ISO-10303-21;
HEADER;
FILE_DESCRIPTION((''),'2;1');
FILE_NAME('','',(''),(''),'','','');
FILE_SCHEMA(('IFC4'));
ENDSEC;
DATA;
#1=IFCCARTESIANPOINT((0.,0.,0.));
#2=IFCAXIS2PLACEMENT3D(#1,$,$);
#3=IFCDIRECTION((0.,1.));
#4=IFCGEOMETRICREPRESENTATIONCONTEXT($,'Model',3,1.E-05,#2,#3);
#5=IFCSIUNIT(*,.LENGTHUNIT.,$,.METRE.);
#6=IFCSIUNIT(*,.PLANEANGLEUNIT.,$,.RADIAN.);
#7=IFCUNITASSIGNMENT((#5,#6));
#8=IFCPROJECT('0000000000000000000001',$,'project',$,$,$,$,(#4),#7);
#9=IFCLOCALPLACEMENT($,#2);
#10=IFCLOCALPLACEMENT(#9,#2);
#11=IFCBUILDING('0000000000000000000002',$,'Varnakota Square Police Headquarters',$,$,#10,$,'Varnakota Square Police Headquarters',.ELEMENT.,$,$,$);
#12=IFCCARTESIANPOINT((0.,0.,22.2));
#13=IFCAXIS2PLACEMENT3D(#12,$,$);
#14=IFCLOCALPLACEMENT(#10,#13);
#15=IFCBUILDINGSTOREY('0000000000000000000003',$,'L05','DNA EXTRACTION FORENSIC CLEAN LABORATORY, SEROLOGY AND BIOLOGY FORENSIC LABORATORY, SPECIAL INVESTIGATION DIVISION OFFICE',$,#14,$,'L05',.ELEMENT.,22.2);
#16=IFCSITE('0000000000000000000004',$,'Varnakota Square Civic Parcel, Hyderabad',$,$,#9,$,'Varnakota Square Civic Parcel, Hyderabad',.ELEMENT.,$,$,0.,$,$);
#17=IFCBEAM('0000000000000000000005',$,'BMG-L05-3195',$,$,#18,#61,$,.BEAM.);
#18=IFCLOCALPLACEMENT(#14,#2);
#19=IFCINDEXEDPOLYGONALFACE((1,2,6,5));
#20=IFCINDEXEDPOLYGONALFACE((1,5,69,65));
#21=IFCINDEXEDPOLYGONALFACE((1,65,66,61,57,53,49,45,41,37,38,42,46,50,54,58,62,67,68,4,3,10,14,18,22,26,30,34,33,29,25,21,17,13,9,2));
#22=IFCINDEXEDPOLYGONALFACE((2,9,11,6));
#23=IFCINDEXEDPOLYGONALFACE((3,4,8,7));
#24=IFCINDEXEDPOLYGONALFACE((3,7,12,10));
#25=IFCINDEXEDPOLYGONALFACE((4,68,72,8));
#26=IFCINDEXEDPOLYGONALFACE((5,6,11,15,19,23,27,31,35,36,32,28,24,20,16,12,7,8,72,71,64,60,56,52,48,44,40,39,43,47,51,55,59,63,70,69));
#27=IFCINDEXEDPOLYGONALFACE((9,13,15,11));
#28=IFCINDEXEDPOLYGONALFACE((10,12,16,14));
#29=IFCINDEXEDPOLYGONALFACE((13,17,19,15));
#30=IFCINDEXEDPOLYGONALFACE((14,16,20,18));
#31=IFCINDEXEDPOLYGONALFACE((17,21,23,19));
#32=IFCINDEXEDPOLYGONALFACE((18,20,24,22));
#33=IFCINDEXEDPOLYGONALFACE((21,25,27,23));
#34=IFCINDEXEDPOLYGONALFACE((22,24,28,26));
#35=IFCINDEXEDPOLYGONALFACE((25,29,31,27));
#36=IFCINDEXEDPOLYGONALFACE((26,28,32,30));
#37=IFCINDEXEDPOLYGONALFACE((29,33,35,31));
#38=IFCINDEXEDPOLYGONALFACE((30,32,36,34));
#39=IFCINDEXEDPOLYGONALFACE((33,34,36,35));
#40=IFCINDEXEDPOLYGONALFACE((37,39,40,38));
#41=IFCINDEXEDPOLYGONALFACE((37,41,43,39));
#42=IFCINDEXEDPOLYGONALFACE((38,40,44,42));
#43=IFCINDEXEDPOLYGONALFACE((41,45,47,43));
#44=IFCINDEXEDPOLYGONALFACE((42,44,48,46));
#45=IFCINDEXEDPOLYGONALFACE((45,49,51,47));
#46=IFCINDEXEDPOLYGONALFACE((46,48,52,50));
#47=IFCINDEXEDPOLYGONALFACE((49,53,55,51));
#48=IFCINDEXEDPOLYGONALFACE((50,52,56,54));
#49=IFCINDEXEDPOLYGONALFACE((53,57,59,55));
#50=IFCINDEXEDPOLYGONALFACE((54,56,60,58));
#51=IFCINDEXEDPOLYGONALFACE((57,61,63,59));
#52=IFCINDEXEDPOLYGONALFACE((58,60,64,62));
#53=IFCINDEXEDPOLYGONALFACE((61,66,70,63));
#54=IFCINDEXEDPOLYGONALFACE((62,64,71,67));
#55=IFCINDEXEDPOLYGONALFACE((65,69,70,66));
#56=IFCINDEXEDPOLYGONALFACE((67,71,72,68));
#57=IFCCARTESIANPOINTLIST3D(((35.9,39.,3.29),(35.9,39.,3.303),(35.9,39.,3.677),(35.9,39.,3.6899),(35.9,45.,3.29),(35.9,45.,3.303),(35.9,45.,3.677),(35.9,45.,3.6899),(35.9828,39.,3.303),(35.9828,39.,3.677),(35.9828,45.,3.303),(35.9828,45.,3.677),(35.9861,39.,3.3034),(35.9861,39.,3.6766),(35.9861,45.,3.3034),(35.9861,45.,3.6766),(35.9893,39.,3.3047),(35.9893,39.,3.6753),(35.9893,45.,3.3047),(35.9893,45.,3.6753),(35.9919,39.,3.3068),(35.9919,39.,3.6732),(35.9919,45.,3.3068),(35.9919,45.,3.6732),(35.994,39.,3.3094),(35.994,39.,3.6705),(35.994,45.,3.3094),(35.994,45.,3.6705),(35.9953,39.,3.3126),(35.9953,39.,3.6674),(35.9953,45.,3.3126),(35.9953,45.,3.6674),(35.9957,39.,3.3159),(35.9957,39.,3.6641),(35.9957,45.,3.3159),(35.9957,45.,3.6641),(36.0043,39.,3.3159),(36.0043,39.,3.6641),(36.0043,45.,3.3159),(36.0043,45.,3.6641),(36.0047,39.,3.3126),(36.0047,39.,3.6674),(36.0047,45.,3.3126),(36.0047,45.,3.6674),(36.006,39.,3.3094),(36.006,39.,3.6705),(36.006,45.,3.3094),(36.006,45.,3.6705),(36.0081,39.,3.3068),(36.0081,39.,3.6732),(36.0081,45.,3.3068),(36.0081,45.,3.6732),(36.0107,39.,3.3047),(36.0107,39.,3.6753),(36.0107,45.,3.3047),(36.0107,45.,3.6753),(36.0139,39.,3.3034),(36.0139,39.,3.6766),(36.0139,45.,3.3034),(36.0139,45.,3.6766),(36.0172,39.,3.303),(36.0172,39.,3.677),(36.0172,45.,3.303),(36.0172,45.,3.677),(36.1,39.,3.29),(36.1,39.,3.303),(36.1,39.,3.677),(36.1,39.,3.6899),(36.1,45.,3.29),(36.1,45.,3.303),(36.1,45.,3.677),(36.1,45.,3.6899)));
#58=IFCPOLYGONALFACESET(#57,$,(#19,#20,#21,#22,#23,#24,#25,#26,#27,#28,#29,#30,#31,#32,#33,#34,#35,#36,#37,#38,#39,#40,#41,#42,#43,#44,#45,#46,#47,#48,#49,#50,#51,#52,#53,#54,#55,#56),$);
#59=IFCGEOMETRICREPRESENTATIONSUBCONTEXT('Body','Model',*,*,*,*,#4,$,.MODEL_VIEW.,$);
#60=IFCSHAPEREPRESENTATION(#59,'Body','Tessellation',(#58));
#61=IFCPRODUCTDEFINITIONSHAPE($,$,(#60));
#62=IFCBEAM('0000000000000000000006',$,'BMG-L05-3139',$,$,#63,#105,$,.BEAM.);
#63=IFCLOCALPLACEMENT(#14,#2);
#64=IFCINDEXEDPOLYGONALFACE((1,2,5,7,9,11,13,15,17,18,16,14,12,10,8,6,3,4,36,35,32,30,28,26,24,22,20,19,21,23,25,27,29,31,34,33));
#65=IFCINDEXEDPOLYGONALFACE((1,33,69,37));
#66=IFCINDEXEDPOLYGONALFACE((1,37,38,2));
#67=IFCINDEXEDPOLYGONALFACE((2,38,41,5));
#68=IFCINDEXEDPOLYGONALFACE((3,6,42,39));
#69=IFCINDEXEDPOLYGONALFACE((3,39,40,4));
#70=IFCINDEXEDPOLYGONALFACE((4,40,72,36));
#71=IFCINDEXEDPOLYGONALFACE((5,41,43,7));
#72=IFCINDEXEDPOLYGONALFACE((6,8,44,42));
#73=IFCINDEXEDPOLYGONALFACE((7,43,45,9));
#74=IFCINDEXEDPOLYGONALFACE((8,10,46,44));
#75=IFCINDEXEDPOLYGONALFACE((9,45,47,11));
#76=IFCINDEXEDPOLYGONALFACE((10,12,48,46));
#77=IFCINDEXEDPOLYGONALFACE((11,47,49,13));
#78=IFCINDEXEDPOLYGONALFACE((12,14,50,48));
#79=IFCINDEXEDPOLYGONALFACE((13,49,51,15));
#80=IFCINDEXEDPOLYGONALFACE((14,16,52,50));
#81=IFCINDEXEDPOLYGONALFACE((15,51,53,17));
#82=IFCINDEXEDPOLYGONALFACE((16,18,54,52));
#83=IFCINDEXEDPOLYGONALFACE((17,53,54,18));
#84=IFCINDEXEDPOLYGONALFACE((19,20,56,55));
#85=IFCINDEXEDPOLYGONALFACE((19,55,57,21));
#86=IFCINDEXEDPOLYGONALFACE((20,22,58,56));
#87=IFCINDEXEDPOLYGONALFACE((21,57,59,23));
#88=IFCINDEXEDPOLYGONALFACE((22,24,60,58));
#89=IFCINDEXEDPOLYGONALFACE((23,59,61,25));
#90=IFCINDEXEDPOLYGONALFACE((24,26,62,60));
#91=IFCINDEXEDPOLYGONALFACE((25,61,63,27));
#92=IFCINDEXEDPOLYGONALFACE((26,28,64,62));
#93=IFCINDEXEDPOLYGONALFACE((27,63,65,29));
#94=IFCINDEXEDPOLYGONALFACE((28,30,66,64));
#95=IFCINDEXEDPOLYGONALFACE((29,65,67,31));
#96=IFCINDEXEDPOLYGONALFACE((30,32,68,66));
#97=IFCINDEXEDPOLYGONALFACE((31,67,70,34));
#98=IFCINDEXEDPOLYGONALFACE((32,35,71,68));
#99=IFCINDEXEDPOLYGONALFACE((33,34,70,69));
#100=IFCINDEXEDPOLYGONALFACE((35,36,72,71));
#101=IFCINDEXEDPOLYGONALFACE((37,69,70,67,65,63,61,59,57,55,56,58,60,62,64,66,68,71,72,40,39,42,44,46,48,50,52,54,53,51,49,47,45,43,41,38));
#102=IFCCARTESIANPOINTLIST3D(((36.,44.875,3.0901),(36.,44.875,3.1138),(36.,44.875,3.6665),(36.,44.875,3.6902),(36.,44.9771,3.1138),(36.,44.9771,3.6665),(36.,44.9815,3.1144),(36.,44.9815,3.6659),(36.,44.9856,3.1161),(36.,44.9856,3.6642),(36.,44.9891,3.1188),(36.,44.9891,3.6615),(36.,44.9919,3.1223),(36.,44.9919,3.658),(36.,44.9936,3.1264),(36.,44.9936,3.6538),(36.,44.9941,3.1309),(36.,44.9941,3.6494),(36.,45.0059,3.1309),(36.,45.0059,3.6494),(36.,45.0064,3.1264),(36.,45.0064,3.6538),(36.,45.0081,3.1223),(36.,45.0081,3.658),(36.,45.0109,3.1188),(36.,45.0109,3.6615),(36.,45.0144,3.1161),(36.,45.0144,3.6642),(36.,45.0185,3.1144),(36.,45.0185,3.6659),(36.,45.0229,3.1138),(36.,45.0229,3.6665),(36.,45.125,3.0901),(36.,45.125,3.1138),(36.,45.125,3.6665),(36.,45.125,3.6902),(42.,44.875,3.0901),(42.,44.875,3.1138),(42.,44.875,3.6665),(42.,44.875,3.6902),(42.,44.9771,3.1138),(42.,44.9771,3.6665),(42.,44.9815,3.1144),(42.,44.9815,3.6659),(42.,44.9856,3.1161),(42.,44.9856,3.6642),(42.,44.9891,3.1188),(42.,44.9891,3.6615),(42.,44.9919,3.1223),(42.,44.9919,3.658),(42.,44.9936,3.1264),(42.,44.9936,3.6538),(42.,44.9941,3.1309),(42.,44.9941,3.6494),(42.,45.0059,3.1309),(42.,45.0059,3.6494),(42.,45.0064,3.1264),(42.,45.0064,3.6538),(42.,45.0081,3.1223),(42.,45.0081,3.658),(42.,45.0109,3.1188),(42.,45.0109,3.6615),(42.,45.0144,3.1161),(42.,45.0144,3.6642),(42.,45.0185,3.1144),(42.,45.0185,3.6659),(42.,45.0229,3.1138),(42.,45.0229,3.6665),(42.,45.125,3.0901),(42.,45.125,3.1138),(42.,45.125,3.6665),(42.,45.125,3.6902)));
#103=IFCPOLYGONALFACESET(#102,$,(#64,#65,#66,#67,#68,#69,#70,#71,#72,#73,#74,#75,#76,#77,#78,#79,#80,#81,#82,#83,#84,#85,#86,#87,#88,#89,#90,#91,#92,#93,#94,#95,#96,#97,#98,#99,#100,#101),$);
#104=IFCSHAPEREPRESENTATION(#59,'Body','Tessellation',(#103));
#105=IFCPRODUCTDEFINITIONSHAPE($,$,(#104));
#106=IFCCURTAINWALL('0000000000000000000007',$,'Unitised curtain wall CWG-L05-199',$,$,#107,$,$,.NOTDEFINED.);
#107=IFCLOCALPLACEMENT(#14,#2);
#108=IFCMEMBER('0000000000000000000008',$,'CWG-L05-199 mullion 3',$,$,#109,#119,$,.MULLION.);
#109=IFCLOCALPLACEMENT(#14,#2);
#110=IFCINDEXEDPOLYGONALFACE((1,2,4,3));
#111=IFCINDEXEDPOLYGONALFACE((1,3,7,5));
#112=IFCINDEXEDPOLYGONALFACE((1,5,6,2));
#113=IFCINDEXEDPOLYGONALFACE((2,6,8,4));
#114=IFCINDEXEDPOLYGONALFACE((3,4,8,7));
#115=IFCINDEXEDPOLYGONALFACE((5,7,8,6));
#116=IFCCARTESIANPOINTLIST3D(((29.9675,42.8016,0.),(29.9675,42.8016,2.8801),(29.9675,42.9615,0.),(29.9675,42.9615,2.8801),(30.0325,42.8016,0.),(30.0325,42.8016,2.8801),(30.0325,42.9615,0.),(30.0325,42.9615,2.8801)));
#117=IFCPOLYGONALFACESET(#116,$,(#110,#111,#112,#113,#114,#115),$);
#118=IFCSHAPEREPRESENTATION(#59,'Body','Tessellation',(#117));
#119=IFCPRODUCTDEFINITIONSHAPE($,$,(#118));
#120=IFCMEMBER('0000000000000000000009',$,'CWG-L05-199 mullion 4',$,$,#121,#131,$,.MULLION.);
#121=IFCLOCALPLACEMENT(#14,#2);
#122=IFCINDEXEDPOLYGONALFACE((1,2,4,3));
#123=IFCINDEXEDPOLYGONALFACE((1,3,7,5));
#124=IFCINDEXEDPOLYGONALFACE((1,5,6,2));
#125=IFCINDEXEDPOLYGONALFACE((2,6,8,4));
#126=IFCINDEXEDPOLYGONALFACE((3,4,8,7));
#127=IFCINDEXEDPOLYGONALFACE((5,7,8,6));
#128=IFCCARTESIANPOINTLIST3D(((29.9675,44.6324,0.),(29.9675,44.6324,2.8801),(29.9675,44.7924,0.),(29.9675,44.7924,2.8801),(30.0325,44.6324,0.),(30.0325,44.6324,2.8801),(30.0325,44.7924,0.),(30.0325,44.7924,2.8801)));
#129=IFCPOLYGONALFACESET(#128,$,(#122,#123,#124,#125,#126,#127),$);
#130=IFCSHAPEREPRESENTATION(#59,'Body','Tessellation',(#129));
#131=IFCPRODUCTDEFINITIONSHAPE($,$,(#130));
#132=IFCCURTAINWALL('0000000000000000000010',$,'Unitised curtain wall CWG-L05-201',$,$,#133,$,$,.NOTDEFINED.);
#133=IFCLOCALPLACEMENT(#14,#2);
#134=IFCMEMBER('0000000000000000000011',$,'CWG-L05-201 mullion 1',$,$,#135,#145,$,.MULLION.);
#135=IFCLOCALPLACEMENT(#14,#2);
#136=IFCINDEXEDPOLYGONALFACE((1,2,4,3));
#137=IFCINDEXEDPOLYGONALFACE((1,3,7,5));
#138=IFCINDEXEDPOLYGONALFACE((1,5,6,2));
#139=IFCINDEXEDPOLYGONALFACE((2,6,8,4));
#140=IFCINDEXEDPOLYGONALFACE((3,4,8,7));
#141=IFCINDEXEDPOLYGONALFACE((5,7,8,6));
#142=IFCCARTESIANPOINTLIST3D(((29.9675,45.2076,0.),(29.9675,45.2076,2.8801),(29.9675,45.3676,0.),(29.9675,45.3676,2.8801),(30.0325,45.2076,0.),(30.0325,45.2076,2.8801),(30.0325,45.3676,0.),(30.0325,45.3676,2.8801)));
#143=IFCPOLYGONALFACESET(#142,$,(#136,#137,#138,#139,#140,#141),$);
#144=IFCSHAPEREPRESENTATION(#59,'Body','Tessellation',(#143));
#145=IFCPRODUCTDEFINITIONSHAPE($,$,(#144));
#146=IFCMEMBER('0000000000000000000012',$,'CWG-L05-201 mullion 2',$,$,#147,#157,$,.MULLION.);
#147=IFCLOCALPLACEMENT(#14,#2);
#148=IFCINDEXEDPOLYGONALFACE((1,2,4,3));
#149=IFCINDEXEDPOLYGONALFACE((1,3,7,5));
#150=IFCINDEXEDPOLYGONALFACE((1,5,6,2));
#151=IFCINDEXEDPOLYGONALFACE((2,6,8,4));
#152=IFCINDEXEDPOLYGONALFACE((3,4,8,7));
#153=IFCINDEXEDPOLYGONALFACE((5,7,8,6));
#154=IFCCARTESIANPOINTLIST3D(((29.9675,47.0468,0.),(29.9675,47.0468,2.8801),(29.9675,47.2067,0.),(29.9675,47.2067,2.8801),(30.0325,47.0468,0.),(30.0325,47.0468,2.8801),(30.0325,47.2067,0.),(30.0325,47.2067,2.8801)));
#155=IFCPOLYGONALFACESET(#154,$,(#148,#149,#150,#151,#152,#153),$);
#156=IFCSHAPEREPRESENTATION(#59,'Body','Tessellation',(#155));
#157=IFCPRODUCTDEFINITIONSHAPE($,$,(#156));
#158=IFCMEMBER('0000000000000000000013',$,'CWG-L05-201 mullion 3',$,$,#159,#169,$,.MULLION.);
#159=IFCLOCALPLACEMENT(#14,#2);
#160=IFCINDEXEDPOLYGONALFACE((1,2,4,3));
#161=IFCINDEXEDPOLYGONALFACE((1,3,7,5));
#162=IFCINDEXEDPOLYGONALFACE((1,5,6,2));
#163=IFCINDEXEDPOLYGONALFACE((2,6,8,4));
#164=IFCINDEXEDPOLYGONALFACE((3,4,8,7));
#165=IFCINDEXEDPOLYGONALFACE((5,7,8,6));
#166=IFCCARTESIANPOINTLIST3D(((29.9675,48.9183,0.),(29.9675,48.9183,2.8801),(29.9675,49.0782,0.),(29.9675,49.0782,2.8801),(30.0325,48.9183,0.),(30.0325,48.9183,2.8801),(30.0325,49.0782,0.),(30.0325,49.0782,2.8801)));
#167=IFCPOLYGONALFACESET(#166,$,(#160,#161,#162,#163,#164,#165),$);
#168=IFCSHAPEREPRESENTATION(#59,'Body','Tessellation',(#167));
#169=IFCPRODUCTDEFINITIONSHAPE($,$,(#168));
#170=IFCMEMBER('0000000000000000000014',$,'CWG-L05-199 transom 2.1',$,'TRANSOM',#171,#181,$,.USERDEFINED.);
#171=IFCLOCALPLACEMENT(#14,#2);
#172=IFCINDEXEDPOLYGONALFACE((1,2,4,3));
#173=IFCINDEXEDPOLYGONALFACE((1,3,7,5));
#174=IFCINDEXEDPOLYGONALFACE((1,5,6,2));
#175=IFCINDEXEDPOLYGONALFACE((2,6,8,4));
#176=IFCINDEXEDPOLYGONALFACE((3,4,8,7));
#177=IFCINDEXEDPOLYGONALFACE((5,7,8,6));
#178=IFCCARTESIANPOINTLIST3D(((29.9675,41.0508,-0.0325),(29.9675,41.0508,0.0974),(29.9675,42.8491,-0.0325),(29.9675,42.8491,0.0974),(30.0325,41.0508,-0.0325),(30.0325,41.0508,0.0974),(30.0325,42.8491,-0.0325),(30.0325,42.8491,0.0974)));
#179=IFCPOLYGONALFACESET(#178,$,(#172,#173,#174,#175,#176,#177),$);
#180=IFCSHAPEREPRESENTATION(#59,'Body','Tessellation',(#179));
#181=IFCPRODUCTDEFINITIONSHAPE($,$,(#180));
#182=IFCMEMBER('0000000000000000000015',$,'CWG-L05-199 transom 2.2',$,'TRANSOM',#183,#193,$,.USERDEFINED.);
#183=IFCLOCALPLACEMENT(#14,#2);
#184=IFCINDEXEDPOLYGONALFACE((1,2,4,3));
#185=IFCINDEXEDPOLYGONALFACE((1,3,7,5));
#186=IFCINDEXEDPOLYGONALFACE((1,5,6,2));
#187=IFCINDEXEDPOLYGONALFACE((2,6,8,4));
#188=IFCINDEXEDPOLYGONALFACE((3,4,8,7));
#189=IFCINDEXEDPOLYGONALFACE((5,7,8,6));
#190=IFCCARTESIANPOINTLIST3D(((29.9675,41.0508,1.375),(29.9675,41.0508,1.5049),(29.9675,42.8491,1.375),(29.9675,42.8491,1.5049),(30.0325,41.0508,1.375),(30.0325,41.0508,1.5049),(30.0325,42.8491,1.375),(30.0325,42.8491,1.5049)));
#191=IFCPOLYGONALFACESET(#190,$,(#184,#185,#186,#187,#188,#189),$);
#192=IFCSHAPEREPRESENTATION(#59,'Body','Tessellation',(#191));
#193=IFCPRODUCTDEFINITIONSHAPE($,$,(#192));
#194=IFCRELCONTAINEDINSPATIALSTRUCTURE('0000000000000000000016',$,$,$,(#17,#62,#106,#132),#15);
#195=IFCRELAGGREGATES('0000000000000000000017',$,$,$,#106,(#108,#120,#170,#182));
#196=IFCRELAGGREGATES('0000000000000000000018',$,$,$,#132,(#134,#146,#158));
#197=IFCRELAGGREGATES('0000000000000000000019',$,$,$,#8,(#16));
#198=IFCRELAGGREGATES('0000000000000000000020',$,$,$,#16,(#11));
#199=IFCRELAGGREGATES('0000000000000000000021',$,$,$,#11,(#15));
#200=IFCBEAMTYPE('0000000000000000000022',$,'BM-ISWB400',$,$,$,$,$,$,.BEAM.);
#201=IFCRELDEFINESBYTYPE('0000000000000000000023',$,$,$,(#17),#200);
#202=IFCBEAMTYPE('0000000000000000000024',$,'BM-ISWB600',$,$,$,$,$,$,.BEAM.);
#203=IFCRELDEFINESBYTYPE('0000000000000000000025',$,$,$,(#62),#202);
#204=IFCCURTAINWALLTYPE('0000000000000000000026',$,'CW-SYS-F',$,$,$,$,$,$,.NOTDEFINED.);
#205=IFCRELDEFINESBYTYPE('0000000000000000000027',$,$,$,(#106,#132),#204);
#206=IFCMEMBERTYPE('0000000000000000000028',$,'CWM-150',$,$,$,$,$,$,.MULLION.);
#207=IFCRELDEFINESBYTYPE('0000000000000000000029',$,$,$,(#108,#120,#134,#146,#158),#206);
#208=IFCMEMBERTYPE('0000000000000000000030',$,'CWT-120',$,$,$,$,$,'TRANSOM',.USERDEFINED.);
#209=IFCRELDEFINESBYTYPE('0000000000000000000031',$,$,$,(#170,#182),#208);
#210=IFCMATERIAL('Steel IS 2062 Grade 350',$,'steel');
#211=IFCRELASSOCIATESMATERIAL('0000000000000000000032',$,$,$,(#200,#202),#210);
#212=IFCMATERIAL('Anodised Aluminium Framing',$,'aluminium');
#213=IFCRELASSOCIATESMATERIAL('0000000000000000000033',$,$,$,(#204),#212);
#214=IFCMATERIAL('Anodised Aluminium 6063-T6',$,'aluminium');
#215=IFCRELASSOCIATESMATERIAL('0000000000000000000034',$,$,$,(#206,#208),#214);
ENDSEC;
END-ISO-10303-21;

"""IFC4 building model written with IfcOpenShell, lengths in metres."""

from ifc_helpers import new_model, si_unit, direction, frame, origin, origin_2d, place, context, subcontext, project, spatial, rectangle, i_section, extrude, material, material_profile, profile_set, type_object, element, aggregate, save


model = new_model("IFC4")

# Units and contexts
model_context = context("Model", 3, precision=1e-05, world=origin(), true_north=direction((0.0, 1.0)))
body_context = subcontext(model_context, "Body", "Model", "MODEL_VIEW")
ifc_project = project(units=[si_unit("LENGTHUNIT", "METRE"), si_unit("PLANEANGLEUNIT", "RADIAN")], contexts=[model_context])

# Site, building, storey
site_placement = place(None, origin())
site = spatial("IfcSite", under=ifc_project, at=site_placement, Name="Varnakota Square Civic Parcel, Hyderabad", LongName="Varnakota Square Civic Parcel, Hyderabad", CompositionType="ELEMENT", RefElevation=0.0)
building_placement = place(site_placement, origin())
building = spatial("IfcBuilding", under=site, at=building_placement, Name="Varnakota Square Police Headquarters", LongName="Varnakota Square Police Headquarters", CompositionType="ELEMENT")
storey_placement = place(building_placement, frame((0.0, 0.0, 22.2)))
storey = spatial("IfcBuildingStorey", under=building, at=storey_placement, Name="L05", Description="DNA EXTRACTION FORENSIC CLEAN LABORATORY, SEROLOGY AND BIOLOGY FORENSIC LABORATORY, SPECIAL INVESTIGATION DIVISION OFFICE", LongName="L05", CompositionType="ELEMENT", Elevation=22.2)

# Shared definitions
ifc_material_1 = material(Name="Steel IS 2062 Grade 350", Category="steel")

# Beams
ifc_material_profile_1 = material_profile(ifc_material_1, i_section(OverallWidth=0.2, OverallDepth=0.3999, WebThickness=0.0085, FlangeThickness=0.0129, FilletRadius=0.0129, at=origin_2d()), Name="ISWB 400")
ifc_profile_set_1 = profile_set([ifc_material_profile_1], Name="Steel IS 2062 Grade 350")
beam_type_1 = type_object("IfcBeamType", Name="BM-ISWB400", PredefinedType="BEAM", material=ifc_profile_set_1)
beam_1_placement = place(storey_placement, frame((36.0, 39.0, 3.49), z_axis=(0.0, 1.0, 0.0), x_axis=(-1.0, 0.0, 0.0)))
element("IfcBeam", 1, at=beam_1_placement, inside=storey, type_object=beam_type_1, Name="BMG-L05-3195", PredefinedType="BEAM", context=body_context, shape_type="SweptSolid", body=[
    extrude(i_section(OverallWidth=0.2, OverallDepth=0.3999, WebThickness=0.0085, FlangeThickness=0.0129, FilletRadius=0.0129, at=origin_2d()), origin(), (0.0, 0.0, 1.0), 6.0),
])
ifc_material_profile_2 = material_profile(ifc_material_1, i_section(OverallWidth=0.25, OverallDepth=0.6001, WebThickness=0.0117, FlangeThickness=0.0237, FilletRadius=0.0171, at=origin_2d()), Name="ISWB 600")
ifc_profile_set_2 = profile_set([ifc_material_profile_2], Name="Steel IS 2062 Grade 350")
beam_type_2 = type_object("IfcBeamType", Name="BM-ISWB600", PredefinedType="BEAM", material=ifc_profile_set_2)
beam_2_placement = place(storey_placement, frame((36.0, 45.0, 3.3901), z_axis=(1.0, 0.0, 0.0), x_axis=(0.0, 1.0, 0.0)))
element("IfcBeam", 2, at=beam_2_placement, inside=storey, type_object=beam_type_2, Name="BMG-L05-3139", PredefinedType="BEAM", context=body_context, shape_type="SweptSolid", body=[
    extrude(i_section(OverallWidth=0.25, OverallDepth=0.6001, WebThickness=0.0117, FlangeThickness=0.0237, FilletRadius=0.0171, at=origin_2d()), origin(), (0.0, 0.0, 1.0), 6.0),
])

# Curtain walls, members
ifc_material_2 = material(Name="Anodised Aluminium Framing", Category="aluminium")
curtain_wall_type = type_object("IfcCurtainWallType", Name="CW-SYS-F", PredefinedType="NOTDEFINED", material=ifc_material_2)
curtain_wall_1_placement = place(storey_placement, origin())
curtain_wall_1 = element("IfcCurtainWall", 3, at=curtain_wall_1_placement, inside=storey, type_object=curtain_wall_type, Name="Unitised curtain wall CWG-L05-199", PredefinedType="NOTDEFINED")
ifc_material_3 = material(Name="Anodised Aluminium 6063-T6", Category="aluminium")
ifc_material_profile_3 = material_profile(ifc_material_3, rectangle(XDim=0.0649, YDim=0.1599, at=origin_2d()), Name="ALU MULLION 65x160")
ifc_profile_set_3 = profile_set([ifc_material_profile_3], Name="Anodised Aluminium 6063-T6")
member_type_1 = type_object("IfcMemberType", Name="CWM-150", PredefinedType="MULLION", material=ifc_profile_set_3)
member_1_placement = place(storey_placement, frame((30.0, 42.8816, 0.0), z_axis=(0.0, 0.0, 1.0), x_axis=(-1.0, 0.0, 0.0)))
member_1 = element("IfcMember", 4, at=member_1_placement, type_object=member_type_1, Name="CWG-L05-199 mullion 3", PredefinedType="MULLION", context=body_context, shape_type="SweptSolid", body=[
    extrude(rectangle(XDim=0.0649, YDim=0.1599, at=origin_2d()), origin(), (0.0, 0.0, 1.0), 2.8801),
])
member_2_placement = place(storey_placement, frame((30.0, 44.7124, 0.0), z_axis=(0.0, 0.0, 1.0), x_axis=(-1.0, 0.0, 0.0)))
member_2 = element("IfcMember", 5, at=member_2_placement, type_object=member_type_1, Name="CWG-L05-199 mullion 4", PredefinedType="MULLION", context=body_context, shape_type="SweptSolid", body=[
    extrude(rectangle(XDim=0.0649, YDim=0.1599, at=origin_2d()), origin(), (0.0, 0.0, 1.0), 2.8801),
])
curtain_wall_2_placement = place(storey_placement, origin())
curtain_wall_2 = element("IfcCurtainWall", 6, at=curtain_wall_2_placement, inside=storey, type_object=curtain_wall_type, Name="Unitised curtain wall CWG-L05-201", PredefinedType="NOTDEFINED")
member_3_placement = place(storey_placement, frame((30.0, 45.2876, 0.0), z_axis=(0.0, 0.0, 1.0), x_axis=(-1.0, 0.0, 0.0)))
member_3 = element("IfcMember", 7, at=member_3_placement, type_object=member_type_1, Name="CWG-L05-201 mullion 1", PredefinedType="MULLION", context=body_context, shape_type="SweptSolid", body=[
    extrude(rectangle(XDim=0.0649, YDim=0.1599, at=origin_2d()), origin(), (0.0, 0.0, 1.0), 2.8801),
])
member_4_placement = place(storey_placement, frame((30.0, 47.1267, 0.0), z_axis=(0.0, 0.0, 1.0), x_axis=(-1.0, 0.0, 0.0)))
member_4 = element("IfcMember", 8, at=member_4_placement, type_object=member_type_1, Name="CWG-L05-201 mullion 2", PredefinedType="MULLION", context=body_context, shape_type="SweptSolid", body=[
    extrude(rectangle(XDim=0.0649, YDim=0.1599, at=origin_2d()), origin(), (0.0, 0.0, 1.0), 2.8801),
])
member_5_placement = place(storey_placement, frame((30.0, 48.9983, 0.0), z_axis=(0.0, 0.0, 1.0), x_axis=(-1.0, 0.0, 0.0)))
member_5 = element("IfcMember", 9, at=member_5_placement, type_object=member_type_1, Name="CWG-L05-201 mullion 3", PredefinedType="MULLION", context=body_context, shape_type="SweptSolid", body=[
    extrude(rectangle(XDim=0.0649, YDim=0.1599, at=origin_2d()), origin(), (0.0, 0.0, 1.0), 2.8801),
])

# Members
ifc_material_profile_4 = material_profile(ifc_material_3, rectangle(XDim=0.0649, YDim=0.1299, at=origin_2d()), Name="ALU TRANSOM 65x130")
ifc_profile_set_4 = profile_set([ifc_material_profile_4], Name="Anodised Aluminium 6063-T6")
member_type_2 = type_object("IfcMemberType", Name="CWT-120", ElementType="TRANSOM", PredefinedType="USERDEFINED", material=ifc_profile_set_4)
member_6_placement = place(storey_placement, frame((30.0, 41.0508, 0.0325), z_axis=(0.0, 1.0, 0.0), x_axis=(-1.0, 0.0, 0.0)))
member_6 = element("IfcMember", 10, at=member_6_placement, type_object=member_type_2, Name="CWG-L05-199 transom 2.1", ObjectType="TRANSOM", PredefinedType="USERDEFINED", context=body_context, shape_type="SweptSolid", body=[
    extrude(rectangle(XDim=0.0649, YDim=0.1299, at=origin_2d()), origin(), (0.0, 0.0, 1.0), 1.7983),
])
member_7_placement = place(storey_placement, frame((30.0, 41.0508, 1.4399), z_axis=(0.0, 1.0, 0.0), x_axis=(-1.0, 0.0, 0.0)))
member_7 = element("IfcMember", 11, at=member_7_placement, type_object=member_type_2, Name="CWG-L05-199 transom 2.2", ObjectType="TRANSOM", PredefinedType="USERDEFINED", context=body_context, shape_type="SweptSolid", body=[
    extrude(rectangle(XDim=0.0649, YDim=0.1299, at=origin_2d()), origin(), (0.0, 0.0, 1.0), 1.7983),
])

aggregate(curtain_wall_1, [member_1, member_2, member_6, member_7])
aggregate(curtain_wall_2, [member_3, member_4, member_5])

save(model, "model.ifc")
